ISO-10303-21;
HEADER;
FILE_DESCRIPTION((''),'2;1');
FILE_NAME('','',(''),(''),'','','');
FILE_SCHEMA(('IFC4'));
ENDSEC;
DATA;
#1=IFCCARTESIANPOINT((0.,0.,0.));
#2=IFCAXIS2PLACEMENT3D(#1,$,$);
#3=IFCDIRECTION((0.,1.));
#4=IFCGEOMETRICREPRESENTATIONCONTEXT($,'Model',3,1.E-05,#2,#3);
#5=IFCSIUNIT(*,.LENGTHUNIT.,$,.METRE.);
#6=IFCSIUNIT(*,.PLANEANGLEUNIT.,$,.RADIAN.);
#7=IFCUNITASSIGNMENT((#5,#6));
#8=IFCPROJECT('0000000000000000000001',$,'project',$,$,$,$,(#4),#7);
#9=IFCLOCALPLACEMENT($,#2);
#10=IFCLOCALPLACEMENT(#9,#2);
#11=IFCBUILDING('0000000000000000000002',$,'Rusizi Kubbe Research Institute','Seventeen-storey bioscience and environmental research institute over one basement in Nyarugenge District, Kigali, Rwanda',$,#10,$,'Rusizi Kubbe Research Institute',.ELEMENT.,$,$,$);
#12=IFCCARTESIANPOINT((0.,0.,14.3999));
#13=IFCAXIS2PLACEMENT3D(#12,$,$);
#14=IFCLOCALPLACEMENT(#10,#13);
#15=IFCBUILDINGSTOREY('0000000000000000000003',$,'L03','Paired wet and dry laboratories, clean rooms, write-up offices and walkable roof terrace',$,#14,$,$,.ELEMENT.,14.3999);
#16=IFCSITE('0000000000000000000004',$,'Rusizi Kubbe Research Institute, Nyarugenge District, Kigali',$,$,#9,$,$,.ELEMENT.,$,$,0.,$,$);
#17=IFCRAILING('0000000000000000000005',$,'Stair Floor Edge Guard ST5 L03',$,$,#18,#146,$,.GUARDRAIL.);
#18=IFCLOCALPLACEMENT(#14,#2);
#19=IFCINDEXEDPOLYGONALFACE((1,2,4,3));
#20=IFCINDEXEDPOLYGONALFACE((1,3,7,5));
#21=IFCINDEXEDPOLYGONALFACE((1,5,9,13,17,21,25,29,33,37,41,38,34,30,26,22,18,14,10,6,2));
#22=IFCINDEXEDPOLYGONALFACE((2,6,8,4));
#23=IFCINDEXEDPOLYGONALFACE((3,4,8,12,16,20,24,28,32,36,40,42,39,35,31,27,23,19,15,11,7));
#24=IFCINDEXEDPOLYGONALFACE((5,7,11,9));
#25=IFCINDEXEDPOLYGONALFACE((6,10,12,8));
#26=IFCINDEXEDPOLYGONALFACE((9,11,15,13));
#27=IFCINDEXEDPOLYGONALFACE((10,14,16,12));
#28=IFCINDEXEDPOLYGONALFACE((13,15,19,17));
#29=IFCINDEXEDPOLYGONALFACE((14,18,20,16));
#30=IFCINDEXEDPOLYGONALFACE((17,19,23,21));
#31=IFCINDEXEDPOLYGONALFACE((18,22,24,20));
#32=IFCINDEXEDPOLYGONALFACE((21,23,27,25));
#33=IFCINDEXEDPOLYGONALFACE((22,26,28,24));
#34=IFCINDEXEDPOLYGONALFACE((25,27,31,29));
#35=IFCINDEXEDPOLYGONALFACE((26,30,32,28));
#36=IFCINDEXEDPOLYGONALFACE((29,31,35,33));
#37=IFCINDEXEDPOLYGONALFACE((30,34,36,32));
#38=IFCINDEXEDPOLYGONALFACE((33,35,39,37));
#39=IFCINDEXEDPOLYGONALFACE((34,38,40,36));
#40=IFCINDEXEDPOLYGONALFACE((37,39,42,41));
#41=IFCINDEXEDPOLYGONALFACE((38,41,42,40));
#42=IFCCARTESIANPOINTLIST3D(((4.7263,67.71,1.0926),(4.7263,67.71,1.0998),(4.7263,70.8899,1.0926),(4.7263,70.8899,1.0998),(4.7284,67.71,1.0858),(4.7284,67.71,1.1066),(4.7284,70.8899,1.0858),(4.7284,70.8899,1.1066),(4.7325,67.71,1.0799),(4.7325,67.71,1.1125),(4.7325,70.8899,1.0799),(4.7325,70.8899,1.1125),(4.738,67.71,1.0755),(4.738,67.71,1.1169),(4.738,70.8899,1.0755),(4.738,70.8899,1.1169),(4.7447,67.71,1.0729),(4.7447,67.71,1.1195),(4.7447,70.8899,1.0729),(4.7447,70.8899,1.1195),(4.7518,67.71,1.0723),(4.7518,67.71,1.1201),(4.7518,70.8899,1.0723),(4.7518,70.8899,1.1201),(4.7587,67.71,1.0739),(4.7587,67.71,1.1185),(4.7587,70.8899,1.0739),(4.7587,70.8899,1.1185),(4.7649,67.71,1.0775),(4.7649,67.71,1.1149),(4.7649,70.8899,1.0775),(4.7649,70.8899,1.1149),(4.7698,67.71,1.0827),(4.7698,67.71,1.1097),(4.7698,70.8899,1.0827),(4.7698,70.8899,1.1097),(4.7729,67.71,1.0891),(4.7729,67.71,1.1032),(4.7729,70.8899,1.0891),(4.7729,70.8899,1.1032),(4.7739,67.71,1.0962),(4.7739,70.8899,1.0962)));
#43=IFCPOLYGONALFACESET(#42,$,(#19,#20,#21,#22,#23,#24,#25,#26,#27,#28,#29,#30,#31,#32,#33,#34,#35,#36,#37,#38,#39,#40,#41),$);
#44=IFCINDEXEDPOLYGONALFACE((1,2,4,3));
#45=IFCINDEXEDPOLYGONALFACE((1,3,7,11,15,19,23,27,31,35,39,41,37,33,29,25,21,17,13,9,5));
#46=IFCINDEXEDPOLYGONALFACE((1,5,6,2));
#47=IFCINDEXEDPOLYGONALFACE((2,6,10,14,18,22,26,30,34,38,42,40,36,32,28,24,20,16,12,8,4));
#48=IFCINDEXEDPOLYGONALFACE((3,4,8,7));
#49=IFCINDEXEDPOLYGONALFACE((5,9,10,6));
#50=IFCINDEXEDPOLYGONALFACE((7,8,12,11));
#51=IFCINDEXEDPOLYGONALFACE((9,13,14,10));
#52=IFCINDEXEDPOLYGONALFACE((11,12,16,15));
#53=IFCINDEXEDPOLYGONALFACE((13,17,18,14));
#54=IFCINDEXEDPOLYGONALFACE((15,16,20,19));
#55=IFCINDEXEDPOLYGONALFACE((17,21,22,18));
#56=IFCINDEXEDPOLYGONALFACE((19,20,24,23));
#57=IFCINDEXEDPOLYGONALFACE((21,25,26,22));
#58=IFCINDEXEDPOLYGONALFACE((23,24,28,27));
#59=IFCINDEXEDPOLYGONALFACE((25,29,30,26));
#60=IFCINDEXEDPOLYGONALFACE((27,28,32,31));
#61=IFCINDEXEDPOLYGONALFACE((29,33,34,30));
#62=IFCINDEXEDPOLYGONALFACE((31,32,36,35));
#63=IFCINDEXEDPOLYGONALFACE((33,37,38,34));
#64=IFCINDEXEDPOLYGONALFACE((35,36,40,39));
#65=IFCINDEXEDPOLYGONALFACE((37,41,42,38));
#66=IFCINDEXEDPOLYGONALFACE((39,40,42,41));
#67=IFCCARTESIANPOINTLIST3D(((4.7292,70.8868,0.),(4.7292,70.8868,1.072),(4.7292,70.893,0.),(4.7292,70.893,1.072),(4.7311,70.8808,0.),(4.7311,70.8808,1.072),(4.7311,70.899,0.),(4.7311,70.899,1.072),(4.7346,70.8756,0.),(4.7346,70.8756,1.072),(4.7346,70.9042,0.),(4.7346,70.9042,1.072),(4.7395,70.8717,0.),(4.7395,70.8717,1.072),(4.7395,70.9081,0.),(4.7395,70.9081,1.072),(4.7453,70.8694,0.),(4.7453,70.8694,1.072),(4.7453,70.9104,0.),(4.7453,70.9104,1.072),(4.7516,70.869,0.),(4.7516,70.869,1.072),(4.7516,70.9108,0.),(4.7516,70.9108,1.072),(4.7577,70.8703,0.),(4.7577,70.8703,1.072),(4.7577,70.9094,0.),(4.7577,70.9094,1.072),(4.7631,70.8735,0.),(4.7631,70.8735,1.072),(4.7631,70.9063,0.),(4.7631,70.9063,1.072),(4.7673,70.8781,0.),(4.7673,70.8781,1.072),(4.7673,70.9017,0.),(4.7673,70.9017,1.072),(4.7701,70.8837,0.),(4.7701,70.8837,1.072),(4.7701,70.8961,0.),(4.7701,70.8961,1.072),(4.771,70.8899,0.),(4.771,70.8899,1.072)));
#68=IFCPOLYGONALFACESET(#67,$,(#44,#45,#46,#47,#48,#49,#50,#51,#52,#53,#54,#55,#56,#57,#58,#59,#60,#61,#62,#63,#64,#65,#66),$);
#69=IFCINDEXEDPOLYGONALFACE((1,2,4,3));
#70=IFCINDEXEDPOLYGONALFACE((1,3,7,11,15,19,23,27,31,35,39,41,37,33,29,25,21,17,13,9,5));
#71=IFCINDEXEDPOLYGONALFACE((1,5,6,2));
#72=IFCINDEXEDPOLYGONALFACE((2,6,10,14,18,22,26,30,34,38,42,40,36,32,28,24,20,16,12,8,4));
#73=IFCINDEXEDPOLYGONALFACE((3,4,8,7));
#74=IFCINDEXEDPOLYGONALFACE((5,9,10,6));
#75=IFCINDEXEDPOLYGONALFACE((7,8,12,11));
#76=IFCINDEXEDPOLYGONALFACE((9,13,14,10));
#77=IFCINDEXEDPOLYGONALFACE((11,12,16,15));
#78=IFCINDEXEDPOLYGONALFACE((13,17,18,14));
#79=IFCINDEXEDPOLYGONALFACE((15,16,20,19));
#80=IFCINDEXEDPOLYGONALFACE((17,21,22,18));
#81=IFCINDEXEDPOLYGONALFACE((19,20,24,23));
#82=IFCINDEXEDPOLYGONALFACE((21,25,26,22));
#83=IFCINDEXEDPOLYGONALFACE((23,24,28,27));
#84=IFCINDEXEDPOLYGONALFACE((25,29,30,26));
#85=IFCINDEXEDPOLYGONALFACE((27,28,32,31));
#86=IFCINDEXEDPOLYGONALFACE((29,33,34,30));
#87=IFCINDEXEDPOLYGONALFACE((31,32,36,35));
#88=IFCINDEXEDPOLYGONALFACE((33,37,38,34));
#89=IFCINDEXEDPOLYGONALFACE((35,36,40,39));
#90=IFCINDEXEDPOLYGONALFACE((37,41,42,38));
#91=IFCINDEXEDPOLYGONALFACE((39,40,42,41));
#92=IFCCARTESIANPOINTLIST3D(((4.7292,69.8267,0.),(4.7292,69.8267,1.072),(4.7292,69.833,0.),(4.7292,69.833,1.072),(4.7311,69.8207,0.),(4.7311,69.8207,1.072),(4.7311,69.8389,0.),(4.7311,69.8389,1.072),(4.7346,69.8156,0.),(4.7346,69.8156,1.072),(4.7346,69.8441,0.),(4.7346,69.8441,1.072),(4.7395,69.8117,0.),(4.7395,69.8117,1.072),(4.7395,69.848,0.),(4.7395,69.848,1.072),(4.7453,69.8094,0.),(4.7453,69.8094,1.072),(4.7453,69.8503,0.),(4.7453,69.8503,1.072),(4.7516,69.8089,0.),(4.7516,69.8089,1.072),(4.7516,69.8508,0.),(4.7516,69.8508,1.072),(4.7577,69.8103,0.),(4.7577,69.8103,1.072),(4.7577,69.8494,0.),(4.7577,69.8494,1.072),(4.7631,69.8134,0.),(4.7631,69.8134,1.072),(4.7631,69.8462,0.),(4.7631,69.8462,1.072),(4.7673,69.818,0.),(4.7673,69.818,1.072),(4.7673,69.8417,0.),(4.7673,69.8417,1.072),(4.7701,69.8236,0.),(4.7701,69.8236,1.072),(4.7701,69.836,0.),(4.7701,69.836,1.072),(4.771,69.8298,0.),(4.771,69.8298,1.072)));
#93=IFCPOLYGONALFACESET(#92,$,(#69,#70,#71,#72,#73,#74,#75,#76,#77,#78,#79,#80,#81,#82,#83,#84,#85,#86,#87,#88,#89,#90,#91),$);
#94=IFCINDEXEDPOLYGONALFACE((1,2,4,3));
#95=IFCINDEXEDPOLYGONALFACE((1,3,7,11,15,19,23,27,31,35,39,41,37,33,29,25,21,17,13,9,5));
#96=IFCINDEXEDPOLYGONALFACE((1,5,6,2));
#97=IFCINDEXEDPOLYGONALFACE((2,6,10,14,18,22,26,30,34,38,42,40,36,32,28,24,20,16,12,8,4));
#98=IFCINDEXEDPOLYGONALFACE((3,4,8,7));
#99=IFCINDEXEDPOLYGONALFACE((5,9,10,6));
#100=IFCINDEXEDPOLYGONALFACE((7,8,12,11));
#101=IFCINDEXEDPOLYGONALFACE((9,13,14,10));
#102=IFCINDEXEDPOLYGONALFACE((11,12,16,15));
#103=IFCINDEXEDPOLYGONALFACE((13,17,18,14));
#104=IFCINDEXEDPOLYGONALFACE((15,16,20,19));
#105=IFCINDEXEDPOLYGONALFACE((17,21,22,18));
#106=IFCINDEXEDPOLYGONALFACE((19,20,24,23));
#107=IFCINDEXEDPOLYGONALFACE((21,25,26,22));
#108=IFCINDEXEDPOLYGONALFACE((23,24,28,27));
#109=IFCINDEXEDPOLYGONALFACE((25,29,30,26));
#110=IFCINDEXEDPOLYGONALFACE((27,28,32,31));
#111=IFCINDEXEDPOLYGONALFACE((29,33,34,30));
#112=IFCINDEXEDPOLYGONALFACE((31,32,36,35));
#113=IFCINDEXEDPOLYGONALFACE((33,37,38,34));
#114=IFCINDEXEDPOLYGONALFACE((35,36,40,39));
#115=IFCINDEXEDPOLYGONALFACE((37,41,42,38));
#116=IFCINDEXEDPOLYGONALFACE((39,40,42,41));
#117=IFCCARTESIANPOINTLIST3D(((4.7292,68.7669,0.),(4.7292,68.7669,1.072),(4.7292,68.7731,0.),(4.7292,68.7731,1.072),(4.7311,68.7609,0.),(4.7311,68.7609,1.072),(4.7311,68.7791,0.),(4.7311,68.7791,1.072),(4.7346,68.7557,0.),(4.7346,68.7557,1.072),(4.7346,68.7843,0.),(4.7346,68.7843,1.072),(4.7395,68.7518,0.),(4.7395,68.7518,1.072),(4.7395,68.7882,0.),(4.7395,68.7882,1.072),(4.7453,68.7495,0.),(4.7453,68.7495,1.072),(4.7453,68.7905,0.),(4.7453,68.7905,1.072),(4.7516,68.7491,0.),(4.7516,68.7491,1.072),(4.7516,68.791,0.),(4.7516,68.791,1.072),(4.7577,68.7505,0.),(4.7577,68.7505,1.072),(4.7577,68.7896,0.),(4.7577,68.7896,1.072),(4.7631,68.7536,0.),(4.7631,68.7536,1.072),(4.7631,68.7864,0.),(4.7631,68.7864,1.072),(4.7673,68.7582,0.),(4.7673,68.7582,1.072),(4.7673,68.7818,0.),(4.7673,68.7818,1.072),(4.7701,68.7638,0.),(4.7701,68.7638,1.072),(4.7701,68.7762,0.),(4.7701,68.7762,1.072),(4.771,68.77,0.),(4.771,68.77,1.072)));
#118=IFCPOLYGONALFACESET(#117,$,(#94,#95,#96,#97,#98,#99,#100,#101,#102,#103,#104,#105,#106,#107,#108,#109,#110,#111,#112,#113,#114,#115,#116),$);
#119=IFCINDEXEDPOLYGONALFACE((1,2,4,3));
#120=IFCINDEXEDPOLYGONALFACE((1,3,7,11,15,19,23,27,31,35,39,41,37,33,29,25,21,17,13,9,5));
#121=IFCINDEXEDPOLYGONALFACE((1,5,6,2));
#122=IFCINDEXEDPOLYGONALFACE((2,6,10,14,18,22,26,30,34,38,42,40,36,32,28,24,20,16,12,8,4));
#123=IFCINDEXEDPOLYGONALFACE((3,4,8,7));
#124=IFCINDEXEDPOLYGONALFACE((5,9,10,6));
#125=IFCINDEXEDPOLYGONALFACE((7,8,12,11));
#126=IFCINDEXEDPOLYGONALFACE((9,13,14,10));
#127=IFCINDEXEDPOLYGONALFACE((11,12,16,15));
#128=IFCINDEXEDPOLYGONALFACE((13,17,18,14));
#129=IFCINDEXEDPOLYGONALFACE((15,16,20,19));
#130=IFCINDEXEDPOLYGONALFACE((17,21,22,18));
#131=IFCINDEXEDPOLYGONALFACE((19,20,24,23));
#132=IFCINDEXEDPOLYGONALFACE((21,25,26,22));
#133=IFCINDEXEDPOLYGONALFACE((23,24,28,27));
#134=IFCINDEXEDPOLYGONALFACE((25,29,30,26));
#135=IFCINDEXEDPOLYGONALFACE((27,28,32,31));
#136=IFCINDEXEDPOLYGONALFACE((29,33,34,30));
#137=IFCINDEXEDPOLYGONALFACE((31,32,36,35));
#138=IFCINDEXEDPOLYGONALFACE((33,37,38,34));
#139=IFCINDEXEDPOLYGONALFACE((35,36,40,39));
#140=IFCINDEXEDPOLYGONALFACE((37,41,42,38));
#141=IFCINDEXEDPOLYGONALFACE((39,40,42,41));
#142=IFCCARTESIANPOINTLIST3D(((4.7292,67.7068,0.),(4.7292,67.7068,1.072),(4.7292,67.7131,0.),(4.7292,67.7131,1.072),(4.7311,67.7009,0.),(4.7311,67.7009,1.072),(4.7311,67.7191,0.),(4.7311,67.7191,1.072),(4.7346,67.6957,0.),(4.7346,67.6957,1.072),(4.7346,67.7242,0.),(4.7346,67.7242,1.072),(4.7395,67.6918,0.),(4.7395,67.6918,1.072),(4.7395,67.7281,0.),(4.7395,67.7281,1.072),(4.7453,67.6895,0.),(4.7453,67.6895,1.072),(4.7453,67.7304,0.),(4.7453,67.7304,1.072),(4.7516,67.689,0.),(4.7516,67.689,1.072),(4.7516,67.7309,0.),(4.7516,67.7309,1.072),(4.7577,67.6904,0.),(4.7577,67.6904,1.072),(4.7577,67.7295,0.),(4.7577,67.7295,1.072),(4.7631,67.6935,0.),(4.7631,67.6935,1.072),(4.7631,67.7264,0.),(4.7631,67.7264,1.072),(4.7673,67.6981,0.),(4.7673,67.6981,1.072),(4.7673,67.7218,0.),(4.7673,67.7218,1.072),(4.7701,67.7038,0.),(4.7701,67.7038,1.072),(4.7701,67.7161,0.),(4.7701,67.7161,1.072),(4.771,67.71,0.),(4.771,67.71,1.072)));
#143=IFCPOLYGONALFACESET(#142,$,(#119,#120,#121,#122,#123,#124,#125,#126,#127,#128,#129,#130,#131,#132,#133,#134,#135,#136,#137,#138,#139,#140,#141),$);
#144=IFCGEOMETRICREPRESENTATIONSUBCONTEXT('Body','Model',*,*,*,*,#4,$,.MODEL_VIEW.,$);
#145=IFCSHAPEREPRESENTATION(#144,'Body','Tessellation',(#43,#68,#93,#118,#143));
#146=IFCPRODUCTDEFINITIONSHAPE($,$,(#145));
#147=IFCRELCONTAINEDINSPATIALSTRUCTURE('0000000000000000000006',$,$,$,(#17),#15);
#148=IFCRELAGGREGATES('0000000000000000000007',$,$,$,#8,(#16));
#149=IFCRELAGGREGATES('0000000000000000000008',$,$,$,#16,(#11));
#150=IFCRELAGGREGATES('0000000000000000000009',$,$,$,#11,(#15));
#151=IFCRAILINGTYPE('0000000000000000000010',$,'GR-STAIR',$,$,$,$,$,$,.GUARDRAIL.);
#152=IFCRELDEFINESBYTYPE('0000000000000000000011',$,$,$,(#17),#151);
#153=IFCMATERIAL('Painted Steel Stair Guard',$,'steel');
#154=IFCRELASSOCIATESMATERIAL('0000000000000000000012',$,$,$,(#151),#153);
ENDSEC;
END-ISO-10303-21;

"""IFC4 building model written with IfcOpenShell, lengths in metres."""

from ifc_helpers import new_model, si_unit, direction, frame, origin, origin_2d, place, context, subcontext, project, spatial, circle, extrude, material, type_object, element, save


model = new_model("IFC4")

# Units and contexts
model_context = context("Model", 3, precision=1e-05, world=origin(), true_north=direction((0.0, 1.0)))
body_context = subcontext(model_context, "Body", "Model", "MODEL_VIEW")
ifc_project = project(units=[si_unit("LENGTHUNIT", "METRE"), si_unit("PLANEANGLEUNIT", "RADIAN")], contexts=[model_context])

# Site, building, storey
site_placement = place(None, origin())
site = spatial("IfcSite", under=ifc_project, at=site_placement, Name="Rusizi Kubbe Research Institute, Nyarugenge District, Kigali", CompositionType="ELEMENT", RefElevation=0.0)
building_placement = place(site_placement, origin())
building = spatial("IfcBuilding", under=site, at=building_placement, Name="Rusizi Kubbe Research Institute", Description="Seventeen-storey bioscience and environmental research institute over one basement in Nyarugenge District, Kigali, Rwanda", LongName="Rusizi Kubbe Research Institute", CompositionType="ELEMENT")
storey_placement = place(building_placement, frame((0.0, 0.0, 14.3999)))
storey = spatial("IfcBuildingStorey", under=building, at=storey_placement, Name="L03", Description="Paired wet and dry laboratories, clean rooms, write-up offices and walkable roof terrace", CompositionType="ELEMENT", Elevation=14.3999)

# Railing
ifc_material_1 = material(Name="Painted Steel Stair Guard", Category="steel")
railing_type_1 = type_object("IfcRailingType", Name="GR-STAIR", PredefinedType="GUARDRAIL", material=ifc_material_1)
railing_1_placement = place(storey_placement, frame((4.75, 70.8899, 0.0)))
element("IfcRailing", 1, at=railing_1_placement, inside=storey, type_object=railing_type_1, Name="Stair Floor Edge Guard ST5 L03", PredefinedType="GUARDRAIL", context=body_context, shape_type="SweptSolid", body=[
    extrude(circle(Radius=0.0239, at=origin_2d()), frame((0.0, 0.0, 1.0962), z_axis=(0.0, -1.0, 0.0), x_axis=(1.0, 0.0, 0.0)), (0.0, 0.0, 1.0), 3.1799),
    extrude(circle(Radius=0.021, at=origin_2d()), origin(), (0.0, 0.0, 1.0), 1.072),
    extrude(circle(Radius=0.021, at=origin_2d()), frame((0.0, -1.0601, 0.0)), (0.0, 0.0, 1.0), 1.072),
    extrude(circle(Radius=0.021, at=origin_2d()), frame((0.0, -2.1199, 0.0)), (0.0, 0.0, 1.0), 1.072),
    extrude(circle(Radius=0.021, at=origin_2d()), frame((0.0, -3.1799, 0.0)), (0.0, 0.0, 1.0), 1.072),
])

save(model, "model.ifc")
